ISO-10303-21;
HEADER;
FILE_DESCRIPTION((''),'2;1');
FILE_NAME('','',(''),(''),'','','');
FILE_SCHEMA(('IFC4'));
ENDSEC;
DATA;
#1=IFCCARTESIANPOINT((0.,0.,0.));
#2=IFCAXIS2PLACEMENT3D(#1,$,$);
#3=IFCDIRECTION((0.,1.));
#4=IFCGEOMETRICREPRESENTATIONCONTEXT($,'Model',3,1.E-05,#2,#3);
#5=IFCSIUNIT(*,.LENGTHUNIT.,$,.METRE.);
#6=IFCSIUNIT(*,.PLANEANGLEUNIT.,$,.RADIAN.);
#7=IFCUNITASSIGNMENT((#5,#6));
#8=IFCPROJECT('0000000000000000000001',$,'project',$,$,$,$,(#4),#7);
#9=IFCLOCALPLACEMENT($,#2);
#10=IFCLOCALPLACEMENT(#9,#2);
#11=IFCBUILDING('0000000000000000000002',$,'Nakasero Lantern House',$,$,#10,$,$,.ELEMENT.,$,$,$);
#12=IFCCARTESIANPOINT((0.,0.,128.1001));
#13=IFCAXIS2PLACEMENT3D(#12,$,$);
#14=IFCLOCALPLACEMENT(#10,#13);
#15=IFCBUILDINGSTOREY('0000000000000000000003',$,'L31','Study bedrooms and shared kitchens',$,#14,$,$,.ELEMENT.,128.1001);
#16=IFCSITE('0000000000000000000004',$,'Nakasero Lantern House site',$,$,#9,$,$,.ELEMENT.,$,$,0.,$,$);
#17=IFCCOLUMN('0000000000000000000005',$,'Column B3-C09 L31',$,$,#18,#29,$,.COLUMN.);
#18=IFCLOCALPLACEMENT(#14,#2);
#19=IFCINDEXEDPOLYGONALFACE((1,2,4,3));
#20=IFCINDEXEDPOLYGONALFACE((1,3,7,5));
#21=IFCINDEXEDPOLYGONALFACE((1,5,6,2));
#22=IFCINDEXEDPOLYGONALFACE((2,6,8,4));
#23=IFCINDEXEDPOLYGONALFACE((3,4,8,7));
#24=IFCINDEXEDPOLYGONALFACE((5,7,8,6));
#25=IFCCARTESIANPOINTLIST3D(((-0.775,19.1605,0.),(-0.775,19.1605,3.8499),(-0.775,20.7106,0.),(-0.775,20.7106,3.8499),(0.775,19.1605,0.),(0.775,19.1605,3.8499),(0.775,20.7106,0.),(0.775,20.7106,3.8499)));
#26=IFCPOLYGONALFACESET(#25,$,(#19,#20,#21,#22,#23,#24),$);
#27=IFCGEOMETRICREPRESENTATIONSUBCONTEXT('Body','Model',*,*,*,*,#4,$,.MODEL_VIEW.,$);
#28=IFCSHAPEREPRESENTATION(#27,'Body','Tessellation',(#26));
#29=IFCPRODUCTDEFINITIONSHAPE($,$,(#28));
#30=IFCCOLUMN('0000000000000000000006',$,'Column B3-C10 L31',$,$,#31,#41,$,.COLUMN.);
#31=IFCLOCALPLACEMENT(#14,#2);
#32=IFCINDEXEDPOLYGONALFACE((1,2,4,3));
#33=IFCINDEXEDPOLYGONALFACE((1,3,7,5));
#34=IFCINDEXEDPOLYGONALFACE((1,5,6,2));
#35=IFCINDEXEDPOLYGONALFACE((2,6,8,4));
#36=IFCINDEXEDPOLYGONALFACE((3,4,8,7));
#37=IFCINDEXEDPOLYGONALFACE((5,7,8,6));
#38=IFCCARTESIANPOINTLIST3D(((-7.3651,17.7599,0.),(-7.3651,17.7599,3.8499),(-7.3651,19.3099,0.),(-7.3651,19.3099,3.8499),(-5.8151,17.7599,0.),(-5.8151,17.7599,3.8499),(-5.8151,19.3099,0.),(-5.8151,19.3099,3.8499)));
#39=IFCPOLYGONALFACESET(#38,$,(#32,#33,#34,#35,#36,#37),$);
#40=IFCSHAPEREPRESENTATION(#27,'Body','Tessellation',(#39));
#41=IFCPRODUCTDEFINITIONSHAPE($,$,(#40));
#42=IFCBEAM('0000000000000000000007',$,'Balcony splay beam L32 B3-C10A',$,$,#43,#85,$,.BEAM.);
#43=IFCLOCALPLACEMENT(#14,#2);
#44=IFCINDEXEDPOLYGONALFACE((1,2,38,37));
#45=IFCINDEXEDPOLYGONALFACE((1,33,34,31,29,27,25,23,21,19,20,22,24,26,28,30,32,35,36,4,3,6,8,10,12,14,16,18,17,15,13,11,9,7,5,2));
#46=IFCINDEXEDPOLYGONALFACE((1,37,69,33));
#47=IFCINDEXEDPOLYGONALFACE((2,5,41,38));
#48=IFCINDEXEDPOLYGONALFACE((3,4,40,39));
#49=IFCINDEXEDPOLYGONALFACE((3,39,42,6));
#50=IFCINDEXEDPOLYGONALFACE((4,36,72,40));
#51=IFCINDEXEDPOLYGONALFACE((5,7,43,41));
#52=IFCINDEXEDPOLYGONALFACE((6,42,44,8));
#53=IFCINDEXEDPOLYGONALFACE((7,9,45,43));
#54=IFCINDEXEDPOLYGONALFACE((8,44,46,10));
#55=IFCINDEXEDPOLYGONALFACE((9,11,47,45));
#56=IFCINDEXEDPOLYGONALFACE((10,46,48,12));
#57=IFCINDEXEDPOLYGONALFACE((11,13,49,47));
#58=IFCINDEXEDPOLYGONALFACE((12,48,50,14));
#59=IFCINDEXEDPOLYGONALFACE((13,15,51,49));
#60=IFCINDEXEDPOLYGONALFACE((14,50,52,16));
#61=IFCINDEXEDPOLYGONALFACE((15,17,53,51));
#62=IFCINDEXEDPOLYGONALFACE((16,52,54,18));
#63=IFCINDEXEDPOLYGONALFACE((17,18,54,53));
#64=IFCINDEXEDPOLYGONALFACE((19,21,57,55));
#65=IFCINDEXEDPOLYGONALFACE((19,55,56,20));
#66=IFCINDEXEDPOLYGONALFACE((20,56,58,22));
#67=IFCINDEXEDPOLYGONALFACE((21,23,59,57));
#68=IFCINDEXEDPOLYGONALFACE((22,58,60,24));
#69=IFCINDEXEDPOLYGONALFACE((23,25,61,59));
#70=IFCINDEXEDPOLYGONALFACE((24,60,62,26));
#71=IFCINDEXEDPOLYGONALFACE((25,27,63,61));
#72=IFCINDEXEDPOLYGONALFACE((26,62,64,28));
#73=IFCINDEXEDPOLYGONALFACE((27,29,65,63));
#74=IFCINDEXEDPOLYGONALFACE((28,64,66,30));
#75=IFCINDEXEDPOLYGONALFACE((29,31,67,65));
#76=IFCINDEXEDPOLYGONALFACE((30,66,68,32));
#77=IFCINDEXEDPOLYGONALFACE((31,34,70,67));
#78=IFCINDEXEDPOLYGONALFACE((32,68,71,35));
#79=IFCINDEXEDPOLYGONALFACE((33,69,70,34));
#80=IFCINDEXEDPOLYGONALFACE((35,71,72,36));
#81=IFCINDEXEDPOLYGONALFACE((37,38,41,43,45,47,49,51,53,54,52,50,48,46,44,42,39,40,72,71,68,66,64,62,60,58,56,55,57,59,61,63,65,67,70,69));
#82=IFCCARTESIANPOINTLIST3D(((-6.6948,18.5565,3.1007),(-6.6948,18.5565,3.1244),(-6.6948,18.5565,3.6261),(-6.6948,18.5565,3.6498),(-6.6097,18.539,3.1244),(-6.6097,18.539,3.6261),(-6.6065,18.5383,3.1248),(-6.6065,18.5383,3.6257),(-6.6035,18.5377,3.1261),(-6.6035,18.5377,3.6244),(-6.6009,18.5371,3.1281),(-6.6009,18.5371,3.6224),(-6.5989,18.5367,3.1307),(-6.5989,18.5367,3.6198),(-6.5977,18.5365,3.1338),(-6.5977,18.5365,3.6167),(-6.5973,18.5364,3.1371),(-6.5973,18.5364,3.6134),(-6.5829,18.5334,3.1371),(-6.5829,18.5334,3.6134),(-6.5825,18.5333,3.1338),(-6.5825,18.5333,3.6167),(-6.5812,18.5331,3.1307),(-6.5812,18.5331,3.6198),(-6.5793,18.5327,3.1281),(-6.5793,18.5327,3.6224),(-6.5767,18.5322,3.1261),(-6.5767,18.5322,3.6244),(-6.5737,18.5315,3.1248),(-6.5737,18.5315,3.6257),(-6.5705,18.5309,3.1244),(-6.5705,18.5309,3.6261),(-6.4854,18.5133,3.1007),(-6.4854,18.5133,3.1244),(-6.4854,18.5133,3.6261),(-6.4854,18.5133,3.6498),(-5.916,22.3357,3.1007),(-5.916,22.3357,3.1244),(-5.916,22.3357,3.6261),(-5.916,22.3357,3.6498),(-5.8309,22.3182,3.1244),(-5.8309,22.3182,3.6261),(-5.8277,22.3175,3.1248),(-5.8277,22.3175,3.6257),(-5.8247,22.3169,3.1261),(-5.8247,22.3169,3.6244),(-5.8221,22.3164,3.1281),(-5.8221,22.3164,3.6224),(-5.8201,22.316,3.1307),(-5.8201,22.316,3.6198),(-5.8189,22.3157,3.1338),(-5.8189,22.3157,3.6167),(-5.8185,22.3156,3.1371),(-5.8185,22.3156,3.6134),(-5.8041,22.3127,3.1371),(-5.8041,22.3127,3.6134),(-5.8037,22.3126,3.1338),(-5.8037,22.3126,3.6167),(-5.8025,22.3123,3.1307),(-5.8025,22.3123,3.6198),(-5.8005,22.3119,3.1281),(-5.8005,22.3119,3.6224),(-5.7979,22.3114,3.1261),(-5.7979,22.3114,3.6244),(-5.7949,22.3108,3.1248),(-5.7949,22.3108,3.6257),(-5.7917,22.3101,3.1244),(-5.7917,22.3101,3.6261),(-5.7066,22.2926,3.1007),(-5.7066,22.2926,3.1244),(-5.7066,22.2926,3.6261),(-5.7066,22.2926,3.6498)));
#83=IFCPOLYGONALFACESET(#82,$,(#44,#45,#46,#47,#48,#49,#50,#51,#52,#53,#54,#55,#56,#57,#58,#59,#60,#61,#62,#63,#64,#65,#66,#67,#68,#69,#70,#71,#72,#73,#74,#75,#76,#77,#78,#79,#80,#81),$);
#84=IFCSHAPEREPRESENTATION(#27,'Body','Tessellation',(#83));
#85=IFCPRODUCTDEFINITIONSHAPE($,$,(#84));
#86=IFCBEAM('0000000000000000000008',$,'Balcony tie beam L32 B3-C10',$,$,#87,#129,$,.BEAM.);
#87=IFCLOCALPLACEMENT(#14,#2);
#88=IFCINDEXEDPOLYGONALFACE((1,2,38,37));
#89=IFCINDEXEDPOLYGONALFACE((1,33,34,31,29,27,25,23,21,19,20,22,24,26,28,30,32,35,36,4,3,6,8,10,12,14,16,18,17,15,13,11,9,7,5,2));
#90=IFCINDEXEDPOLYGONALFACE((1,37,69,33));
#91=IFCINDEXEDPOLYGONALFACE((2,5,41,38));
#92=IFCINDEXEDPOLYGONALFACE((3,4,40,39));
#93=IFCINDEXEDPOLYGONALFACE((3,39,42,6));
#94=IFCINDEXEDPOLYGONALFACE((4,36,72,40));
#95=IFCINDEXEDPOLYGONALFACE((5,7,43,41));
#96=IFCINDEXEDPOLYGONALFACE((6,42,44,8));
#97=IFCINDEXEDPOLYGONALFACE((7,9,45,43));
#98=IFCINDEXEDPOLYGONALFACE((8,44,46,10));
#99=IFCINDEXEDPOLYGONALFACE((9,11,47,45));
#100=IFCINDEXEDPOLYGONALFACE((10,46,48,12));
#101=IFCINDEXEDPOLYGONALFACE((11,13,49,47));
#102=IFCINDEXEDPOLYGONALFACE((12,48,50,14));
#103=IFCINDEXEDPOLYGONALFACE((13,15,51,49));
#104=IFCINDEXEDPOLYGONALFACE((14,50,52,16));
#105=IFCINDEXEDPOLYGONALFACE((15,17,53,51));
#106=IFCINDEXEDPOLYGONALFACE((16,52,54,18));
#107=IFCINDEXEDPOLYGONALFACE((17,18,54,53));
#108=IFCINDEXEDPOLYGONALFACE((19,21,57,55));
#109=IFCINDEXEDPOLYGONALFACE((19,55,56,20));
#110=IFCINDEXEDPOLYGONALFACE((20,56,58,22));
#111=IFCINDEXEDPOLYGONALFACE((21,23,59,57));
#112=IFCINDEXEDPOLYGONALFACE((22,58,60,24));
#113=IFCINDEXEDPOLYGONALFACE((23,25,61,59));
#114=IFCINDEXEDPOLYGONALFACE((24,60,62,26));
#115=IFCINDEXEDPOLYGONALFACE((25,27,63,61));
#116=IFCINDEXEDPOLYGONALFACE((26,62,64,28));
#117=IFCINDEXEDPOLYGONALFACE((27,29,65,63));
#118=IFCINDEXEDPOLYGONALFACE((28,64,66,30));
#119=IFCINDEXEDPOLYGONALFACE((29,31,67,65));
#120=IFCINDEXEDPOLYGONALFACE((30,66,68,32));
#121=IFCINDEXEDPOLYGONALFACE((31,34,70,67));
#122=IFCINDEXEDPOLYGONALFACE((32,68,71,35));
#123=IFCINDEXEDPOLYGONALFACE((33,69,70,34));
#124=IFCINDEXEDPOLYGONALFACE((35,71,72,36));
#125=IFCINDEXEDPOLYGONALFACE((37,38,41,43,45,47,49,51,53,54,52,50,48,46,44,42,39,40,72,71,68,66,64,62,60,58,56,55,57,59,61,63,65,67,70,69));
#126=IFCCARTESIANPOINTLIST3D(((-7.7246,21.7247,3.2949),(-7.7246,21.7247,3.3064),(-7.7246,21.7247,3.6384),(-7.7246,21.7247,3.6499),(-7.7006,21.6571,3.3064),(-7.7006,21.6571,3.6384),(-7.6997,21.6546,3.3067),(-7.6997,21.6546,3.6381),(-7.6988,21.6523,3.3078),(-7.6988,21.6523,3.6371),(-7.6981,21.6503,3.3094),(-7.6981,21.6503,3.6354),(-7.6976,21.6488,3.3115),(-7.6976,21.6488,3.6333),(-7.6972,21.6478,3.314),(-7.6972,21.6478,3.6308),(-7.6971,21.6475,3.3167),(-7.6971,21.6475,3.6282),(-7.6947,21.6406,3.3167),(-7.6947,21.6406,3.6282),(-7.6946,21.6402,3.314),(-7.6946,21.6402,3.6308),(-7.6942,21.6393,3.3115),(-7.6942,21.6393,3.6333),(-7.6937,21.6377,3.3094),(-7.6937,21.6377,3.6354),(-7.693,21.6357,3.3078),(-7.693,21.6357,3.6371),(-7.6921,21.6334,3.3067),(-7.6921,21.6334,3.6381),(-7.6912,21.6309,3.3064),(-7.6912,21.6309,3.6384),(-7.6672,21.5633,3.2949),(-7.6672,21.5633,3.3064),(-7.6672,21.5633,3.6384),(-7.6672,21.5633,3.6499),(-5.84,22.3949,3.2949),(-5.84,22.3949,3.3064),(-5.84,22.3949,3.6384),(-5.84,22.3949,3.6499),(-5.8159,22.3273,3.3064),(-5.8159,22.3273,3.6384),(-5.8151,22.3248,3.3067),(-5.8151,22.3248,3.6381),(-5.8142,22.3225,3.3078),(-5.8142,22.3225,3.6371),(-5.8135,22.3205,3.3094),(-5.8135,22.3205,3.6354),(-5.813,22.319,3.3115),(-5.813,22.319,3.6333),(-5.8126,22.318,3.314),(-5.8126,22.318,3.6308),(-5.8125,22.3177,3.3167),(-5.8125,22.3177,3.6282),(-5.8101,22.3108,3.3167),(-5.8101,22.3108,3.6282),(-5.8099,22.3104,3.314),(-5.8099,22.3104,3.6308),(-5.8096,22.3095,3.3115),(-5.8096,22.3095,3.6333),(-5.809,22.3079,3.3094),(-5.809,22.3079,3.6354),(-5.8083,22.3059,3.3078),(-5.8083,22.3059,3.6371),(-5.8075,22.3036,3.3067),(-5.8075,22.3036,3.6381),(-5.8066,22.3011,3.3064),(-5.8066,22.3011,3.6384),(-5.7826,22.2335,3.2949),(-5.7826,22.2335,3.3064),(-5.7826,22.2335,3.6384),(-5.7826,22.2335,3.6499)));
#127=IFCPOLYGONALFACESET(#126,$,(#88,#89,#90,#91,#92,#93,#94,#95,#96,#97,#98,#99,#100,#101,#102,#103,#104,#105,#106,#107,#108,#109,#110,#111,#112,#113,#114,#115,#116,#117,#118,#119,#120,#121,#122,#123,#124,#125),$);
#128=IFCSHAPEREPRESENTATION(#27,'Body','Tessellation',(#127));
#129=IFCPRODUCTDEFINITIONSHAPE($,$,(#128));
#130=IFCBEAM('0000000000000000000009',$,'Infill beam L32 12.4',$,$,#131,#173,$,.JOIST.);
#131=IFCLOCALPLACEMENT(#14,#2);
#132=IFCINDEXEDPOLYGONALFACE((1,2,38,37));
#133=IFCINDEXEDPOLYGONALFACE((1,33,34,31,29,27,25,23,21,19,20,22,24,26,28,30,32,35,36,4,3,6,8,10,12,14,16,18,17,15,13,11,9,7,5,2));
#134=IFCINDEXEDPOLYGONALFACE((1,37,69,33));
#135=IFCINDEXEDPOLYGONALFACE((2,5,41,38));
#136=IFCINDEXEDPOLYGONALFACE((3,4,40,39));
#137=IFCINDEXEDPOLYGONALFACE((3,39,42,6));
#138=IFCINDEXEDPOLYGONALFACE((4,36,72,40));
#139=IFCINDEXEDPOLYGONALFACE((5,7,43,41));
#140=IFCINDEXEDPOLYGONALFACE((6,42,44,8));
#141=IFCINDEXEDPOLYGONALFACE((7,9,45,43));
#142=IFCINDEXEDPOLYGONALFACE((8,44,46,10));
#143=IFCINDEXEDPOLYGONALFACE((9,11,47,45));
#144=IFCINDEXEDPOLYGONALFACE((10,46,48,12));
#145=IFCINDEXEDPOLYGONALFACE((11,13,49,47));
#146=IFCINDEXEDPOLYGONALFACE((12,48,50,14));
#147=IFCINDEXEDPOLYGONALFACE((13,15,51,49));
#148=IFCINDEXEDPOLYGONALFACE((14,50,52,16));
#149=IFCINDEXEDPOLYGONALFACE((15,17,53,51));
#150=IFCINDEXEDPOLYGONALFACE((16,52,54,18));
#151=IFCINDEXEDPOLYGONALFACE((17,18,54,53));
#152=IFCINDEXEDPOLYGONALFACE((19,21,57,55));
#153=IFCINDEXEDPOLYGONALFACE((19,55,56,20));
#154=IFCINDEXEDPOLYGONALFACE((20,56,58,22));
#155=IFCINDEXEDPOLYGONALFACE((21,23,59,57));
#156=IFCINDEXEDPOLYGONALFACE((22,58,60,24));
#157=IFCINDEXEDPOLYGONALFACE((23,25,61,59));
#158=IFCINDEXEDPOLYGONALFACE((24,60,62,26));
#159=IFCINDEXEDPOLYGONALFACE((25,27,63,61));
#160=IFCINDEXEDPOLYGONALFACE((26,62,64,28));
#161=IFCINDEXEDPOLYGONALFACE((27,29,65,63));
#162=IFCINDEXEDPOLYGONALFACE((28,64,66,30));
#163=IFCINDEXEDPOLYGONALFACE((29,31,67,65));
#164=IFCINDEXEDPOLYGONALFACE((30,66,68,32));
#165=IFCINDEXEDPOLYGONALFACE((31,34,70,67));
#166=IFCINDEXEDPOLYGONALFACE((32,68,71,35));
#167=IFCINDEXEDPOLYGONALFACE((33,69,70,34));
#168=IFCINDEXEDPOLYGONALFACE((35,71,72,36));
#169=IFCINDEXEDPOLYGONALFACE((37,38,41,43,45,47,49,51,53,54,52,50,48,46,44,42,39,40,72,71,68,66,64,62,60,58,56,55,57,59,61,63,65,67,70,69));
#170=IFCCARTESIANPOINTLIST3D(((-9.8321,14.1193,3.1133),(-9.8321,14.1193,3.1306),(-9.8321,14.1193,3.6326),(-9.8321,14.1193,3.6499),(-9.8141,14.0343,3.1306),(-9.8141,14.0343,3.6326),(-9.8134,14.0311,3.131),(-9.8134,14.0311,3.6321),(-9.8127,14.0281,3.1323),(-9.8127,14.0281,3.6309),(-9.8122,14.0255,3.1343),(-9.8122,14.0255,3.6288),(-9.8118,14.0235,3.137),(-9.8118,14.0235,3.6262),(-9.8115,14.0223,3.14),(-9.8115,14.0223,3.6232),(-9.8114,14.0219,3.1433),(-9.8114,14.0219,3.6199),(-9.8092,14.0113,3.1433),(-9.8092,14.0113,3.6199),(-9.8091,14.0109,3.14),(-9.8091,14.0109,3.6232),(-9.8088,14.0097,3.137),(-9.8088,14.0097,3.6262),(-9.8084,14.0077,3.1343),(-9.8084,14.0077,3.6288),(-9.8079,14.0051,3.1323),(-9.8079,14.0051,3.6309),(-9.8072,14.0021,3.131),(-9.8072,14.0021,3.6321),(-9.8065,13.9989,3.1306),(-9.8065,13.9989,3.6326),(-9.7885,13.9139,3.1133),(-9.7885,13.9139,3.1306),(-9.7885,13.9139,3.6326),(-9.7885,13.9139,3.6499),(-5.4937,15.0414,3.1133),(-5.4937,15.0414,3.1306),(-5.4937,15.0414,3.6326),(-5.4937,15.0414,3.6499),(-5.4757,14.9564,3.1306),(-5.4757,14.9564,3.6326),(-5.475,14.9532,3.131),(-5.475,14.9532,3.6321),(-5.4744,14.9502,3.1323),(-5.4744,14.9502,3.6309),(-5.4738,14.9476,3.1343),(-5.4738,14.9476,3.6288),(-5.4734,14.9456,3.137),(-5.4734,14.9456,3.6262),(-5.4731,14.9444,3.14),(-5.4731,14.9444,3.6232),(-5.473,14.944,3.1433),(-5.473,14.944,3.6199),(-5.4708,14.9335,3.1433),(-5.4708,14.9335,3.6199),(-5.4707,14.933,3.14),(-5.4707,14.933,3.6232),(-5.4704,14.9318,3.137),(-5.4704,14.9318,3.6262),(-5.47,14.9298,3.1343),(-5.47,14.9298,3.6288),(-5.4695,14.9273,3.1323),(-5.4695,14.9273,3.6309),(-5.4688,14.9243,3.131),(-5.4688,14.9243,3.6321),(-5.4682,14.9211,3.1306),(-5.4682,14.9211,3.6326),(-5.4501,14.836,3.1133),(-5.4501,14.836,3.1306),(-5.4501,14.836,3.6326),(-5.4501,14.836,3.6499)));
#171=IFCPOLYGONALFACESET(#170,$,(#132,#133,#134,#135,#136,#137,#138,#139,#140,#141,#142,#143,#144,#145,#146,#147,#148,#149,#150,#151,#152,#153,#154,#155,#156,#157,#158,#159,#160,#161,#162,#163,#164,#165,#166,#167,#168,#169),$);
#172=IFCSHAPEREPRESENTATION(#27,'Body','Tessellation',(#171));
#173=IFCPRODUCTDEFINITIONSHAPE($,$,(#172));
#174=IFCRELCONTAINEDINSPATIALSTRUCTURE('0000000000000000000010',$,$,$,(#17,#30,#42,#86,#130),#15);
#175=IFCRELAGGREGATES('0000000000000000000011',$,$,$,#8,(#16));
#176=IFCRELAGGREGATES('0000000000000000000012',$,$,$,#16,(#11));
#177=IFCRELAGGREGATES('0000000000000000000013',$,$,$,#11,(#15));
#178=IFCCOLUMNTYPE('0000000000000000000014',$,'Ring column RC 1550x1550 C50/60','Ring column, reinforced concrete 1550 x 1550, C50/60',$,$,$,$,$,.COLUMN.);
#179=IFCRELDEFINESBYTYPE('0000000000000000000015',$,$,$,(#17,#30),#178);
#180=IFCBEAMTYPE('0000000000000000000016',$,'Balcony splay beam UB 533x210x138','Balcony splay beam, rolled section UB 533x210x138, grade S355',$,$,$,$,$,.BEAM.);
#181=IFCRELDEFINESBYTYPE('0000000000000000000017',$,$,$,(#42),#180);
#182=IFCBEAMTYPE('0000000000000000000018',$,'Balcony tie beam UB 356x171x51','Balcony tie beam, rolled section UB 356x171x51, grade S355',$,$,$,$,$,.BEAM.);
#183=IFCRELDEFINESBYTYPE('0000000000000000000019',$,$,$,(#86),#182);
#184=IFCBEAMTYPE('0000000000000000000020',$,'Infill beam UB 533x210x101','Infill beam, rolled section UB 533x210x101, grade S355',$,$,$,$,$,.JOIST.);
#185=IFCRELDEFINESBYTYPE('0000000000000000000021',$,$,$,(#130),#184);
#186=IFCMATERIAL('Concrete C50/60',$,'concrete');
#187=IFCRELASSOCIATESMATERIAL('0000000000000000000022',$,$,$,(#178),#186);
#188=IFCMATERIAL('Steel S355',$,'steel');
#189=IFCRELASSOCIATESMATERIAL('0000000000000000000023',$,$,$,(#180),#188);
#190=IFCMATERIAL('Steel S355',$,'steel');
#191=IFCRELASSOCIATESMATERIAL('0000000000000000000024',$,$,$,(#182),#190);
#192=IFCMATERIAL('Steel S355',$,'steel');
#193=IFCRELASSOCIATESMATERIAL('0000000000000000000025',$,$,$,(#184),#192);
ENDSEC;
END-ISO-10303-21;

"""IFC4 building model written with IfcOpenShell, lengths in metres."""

from ifc_helpers import new_model, si_unit, direction, frame, origin, origin_2d, place, context, subcontext, project, spatial, rectangle, i_section, extrude, material, material_profile, profile_set, type_object, element, save


model = new_model("IFC4")

# Units and contexts
model_context = context("Model", 3, precision=1e-05, world=origin(), true_north=direction((0.0, 1.0)))
body_context = subcontext(model_context, "Body", "Model", "MODEL_VIEW")
ifc_project = project(units=[si_unit("LENGTHUNIT", "METRE"), si_unit("PLANEANGLEUNIT", "RADIAN")], contexts=[model_context])

# Site, building, storey
site_placement = place(None, origin())
site = spatial("IfcSite", under=ifc_project, at=site_placement, Name="Nakasero Lantern House site", CompositionType="ELEMENT", RefElevation=0.0)
building_placement = place(site_placement, origin())
building = spatial("IfcBuilding", under=site, at=building_placement, Name="Nakasero Lantern House", CompositionType="ELEMENT")
storey_placement = place(building_placement, frame((0.0, 0.0, 128.1001)))
storey = spatial("IfcBuildingStorey", under=building, at=storey_placement, Name="L31", Description="Study bedrooms and shared kitchens", CompositionType="ELEMENT", Elevation=128.1001)

# Columns
ifc_material_1 = material(Name="Concrete C50/60", Category="concrete")
ifc_material_profile_1 = material_profile(ifc_material_1, rectangle(XDim=1.55, YDim=1.55, at=origin_2d()), Name="RC 1550x1550")
ifc_profile_set_1 = profile_set([ifc_material_profile_1], Name="Concrete C50/60")
column_type = type_object("IfcColumnType", Name="Ring column RC 1550x1550 C50/60", Description="Ring column, reinforced concrete 1550 x 1550, C50/60", PredefinedType="COLUMN", material=ifc_profile_set_1)
for number, where, z_axis, x_axis, name in (
    (1, (0.0, 19.9355, 0.0), (0.0, 0.0, 1.0), (1.0, 0.0, 0.0), "Column B3-C09 L31"),
    (2, (-6.5901, 18.5349, 0.0), (0.0, 0.0, 1.0), (1.0, 0.0, 0.0), "Column B3-C10 L31"),
):
    element("IfcColumn", number, at=place(storey_placement, frame(where, z_axis=z_axis, x_axis=x_axis)), inside=storey, type_object=column_type, Name=name, PredefinedType="COLUMN", context=body_context, shape_type="SweptSolid", body=[
        extrude(rectangle(XDim=1.55, YDim=1.55, at=origin_2d()), origin(), (0.0, 0.0, 1.0), 3.8499),
    ])

# Beams
ifc_material_2 = material(Name="Steel S355", Category="steel")
ifc_material_profile_2 = material_profile(ifc_material_2, i_section(OverallWidth=0.2139, OverallDepth=0.5491, WebThickness=0.0146, FlangeThickness=0.0237, FilletRadius=0.0127, at=origin_2d()), Name="UB 533x210x138")
ifc_profile_set_2 = profile_set([ifc_material_profile_2], Name="Steel S355")
beam_type_1 = type_object("IfcBeamType", Name="Balcony splay beam UB 533x210x138", Description="Balcony splay beam, rolled section UB 533x210x138, grade S355", PredefinedType="BEAM", material=ifc_profile_set_2)
beam_1_placement = place(storey_placement, frame((-6.5901, 18.5349, 3.3752), z_axis=(0.201831, 0.97942, 0.0), x_axis=(-0.97942, 0.201831, 0.0)))
element("IfcBeam", 3, at=beam_1_placement, inside=storey, type_object=beam_type_1, Name="Balcony splay beam L32 B3-C10A", PredefinedType="BEAM", context=body_context, shape_type="SweptSolid", body=[
    extrude(i_section(OverallWidth=0.2139, OverallDepth=0.5491, WebThickness=0.0146, FlangeThickness=0.0237, FilletRadius=0.0127, at=origin_2d()), origin(), (0.0, 0.0, 1.0), 3.8586),
])
ifc_material_3 = material(Name="Steel S355", Category="steel")
ifc_material_profile_3 = material_profile(ifc_material_3, i_section(OverallWidth=0.1714, OverallDepth=0.355, WebThickness=0.0073, FlangeThickness=0.0115, FilletRadius=0.0103, at=origin_2d()), Name="UB 356x171x51")
ifc_profile_set_3 = profile_set([ifc_material_profile_3], Name="Steel S355")
beam_type_2 = type_object("IfcBeamType", Name="Balcony tie beam UB 356x171x51", Description="Balcony tie beam, rolled section UB 356x171x51, grade S355", PredefinedType="BEAM", material=ifc_profile_set_3)
beam_2_placement = place(storey_placement, frame((-5.8113, 22.3142, 3.4724), z_axis=(-0.942197, -0.33506, 0.0), x_axis=(0.33506, -0.942197, 0.0)))
element("IfcBeam", 4, at=beam_2_placement, inside=storey, type_object=beam_type_2, Name="Balcony tie beam L32 B3-C10", PredefinedType="BEAM", context=body_context, shape_type="SweptSolid", body=[
    extrude(i_section(OverallWidth=0.1714, OverallDepth=0.355, WebThickness=0.0073, FlangeThickness=0.0115, FilletRadius=0.0103, at=origin_2d()), origin(), (0.0, 0.0, 1.0), 2.0002),
])
ifc_material_4 = material(Name="Steel S355", Category="steel")
ifc_material_profile_4 = material_profile(ifc_material_4, i_section(OverallWidth=0.21, OverallDepth=0.5366, WebThickness=0.0107, FlangeThickness=0.0173, FilletRadius=0.0127, at=origin_2d()), Name="UB 533x210x101")
ifc_profile_set_4 = profile_set([ifc_material_profile_4], Name="Steel S355")
beam_type_3 = type_object("IfcBeamType", Name="Infill beam UB 533x210x101", Description="Infill beam, rolled section UB 533x210x101, grade S355", PredefinedType="JOIST", material=ifc_profile_set_4)
beam_3_placement = place(storey_placement, frame((-9.8103, 14.0166, 3.3816), z_axis=(0.978149, 0.207905, 0.0), x_axis=(-0.207905, 0.978149, 0.0)))
element("IfcBeam", 5, at=beam_3_placement, inside=storey, type_object=beam_type_3, Name="Infill beam L32 12.4", PredefinedType="JOIST", context=body_context, shape_type="SweptSolid", body=[
    extrude(i_section(OverallWidth=0.21, OverallDepth=0.5366, WebThickness=0.0107, FlangeThickness=0.0173, FilletRadius=0.0127, at=origin_2d()), origin(), (0.0, 0.0, 1.0), 4.4353),
])

save(model, "model.ifc")
